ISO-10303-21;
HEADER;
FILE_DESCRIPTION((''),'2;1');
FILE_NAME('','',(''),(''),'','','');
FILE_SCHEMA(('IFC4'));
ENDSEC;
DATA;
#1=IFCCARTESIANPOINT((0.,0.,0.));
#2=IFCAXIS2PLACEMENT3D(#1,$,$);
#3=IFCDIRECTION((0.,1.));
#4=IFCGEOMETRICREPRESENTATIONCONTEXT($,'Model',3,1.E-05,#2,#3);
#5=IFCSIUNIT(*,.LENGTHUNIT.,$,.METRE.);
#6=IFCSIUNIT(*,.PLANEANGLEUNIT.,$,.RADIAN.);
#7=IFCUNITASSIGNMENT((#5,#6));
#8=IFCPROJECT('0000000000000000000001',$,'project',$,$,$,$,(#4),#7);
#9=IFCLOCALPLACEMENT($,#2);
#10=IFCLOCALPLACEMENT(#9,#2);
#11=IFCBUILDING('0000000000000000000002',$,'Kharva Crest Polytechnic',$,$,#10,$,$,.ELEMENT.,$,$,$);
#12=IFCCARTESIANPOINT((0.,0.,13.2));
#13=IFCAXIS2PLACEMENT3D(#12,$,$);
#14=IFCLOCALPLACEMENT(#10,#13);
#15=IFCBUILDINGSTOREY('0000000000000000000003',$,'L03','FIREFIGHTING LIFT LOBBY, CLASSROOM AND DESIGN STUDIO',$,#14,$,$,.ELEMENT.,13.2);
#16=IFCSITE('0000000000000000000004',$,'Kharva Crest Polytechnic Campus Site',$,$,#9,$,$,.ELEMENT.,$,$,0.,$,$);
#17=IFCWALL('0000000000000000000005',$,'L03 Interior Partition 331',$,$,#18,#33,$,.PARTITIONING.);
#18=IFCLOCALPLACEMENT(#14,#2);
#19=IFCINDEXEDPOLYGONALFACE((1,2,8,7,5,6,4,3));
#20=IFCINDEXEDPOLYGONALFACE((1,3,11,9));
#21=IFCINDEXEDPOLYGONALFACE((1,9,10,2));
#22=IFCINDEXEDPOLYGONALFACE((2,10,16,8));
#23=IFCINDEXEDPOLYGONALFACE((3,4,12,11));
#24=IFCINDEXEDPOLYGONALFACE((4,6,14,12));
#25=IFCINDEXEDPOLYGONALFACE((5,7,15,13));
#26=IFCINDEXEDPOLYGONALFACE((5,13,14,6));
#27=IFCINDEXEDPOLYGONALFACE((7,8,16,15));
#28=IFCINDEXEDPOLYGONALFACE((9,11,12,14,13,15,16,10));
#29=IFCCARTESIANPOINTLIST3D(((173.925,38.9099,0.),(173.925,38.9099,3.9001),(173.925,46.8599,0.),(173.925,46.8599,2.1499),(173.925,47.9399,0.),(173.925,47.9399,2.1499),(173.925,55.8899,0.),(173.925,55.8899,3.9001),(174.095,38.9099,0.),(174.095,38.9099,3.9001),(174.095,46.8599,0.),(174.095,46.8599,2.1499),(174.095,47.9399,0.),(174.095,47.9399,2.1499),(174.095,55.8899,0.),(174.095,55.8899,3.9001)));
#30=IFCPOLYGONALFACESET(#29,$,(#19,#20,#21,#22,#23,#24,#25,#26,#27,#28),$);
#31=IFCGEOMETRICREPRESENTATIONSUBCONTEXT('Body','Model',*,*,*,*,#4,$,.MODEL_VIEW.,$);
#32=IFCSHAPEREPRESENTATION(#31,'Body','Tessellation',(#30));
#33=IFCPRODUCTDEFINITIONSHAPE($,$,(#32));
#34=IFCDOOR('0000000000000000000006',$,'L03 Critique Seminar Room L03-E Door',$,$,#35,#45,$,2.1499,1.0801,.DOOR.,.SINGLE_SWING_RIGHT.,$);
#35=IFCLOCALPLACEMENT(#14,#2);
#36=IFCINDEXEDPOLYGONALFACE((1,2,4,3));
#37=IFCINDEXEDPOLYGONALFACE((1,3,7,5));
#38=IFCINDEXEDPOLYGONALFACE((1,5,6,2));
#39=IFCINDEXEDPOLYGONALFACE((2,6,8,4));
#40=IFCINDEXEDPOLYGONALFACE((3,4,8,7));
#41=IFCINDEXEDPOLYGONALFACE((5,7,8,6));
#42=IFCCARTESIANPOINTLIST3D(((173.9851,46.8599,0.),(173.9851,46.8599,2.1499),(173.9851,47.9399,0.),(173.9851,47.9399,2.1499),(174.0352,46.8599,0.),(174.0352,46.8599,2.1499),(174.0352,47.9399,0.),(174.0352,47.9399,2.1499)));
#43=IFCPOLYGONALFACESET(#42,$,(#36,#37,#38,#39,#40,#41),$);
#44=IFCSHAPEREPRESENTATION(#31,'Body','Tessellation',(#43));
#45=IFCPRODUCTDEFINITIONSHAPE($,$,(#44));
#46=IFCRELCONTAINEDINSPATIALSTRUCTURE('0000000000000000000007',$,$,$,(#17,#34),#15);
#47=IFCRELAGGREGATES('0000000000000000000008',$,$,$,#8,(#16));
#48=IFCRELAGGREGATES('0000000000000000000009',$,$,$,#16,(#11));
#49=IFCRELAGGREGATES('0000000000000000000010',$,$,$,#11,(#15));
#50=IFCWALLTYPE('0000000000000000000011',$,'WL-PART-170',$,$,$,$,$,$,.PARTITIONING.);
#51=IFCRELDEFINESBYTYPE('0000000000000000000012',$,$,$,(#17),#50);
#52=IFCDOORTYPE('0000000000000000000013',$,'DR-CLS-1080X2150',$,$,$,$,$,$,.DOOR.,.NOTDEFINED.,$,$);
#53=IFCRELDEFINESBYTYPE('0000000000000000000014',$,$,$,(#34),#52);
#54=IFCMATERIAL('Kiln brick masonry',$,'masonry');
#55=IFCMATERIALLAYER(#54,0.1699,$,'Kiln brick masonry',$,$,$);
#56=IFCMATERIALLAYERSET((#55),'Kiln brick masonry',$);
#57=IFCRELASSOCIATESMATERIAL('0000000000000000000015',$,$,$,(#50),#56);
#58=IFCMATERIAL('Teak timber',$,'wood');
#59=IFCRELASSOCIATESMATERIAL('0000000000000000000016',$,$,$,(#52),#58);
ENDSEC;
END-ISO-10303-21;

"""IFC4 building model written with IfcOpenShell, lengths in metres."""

from ifc_helpers import new_model, si_unit, direction, frame, frame_2d, origin, place, context, subcontext, project, spatial, rectangle, extrude, material, layer, layer_set, type_object, element, fill, save


model = new_model("IFC4")

# Units and contexts
model_context = context("Model", 3, precision=1e-05, world=origin(), true_north=direction((0.0, 1.0)))
body_context = subcontext(model_context, "Body", "Model", "MODEL_VIEW")
ifc_project = project(units=[si_unit("LENGTHUNIT", "METRE"), si_unit("PLANEANGLEUNIT", "RADIAN")], contexts=[model_context])

# Site, building, storey
site_placement = place(None, origin())
site = spatial("IfcSite", under=ifc_project, at=site_placement, Name="Kharva Crest Polytechnic Campus Site", CompositionType="ELEMENT", RefElevation=0.0)
building_placement = place(site_placement, origin())
building = spatial("IfcBuilding", under=site, at=building_placement, Name="Kharva Crest Polytechnic", CompositionType="ELEMENT")
storey_placement = place(building_placement, frame((0.0, 0.0, 13.2)))
storey = spatial("IfcBuildingStorey", under=building, at=storey_placement, Name="L03", Description="FIREFIGHTING LIFT LOBBY, CLASSROOM AND DESIGN STUDIO", CompositionType="ELEMENT", Elevation=13.2)

# Shared definitions
ifc_material_1 = material(Name="Kiln brick masonry", Category="masonry")

# Wall, opening, door
ifc_material_2 = material(Name="Teak timber", Category="wood")
ifc_layer_1 = layer(ifc_material_1, 0.1699, Name="Kiln brick masonry")
ifc_layer_set_1 = layer_set([ifc_layer_1], Name="Kiln brick masonry")
wall_type_1 = type_object("IfcWallType", Name="WL-PART-170", PredefinedType="PARTITIONING", material=ifc_layer_set_1)
wall_1_placement = place(storey_placement, frame((174.01, 38.9099, 0.0), z_axis=(0.0, 0.0, 1.0), x_axis=(0.0, 1.0, 0.0)))
wall_1 = element("IfcWall", 1, at=wall_1_placement, inside=storey, type_object=wall_type_1, Name="L03 Interior Partition 331", PredefinedType="PARTITIONING", context=body_context, shape_type="SweptSolid", body=[
    extrude(rectangle(XDim=16.98, YDim=0.1699, at=frame_2d((8.49, 0.0))), origin(), (0.0, 0.0, 1.0), 3.9001),
])
opening_1_placement = place(wall_1_placement, frame((7.95, 0.0, 0.0)))
opening_1 = element("IfcOpeningElement", 2, at=opening_1_placement, cuts=wall_1, PredefinedType="OPENING", context=body_context, shape_type="SweptSolid", body=[
    extrude(rectangle(XDim=1.0801, YDim=2.1499, at=frame_2d((0.54, 1.075))), frame((0.0, 0.095, 0.0), z_axis=(0.0, -1.0, 0.0), x_axis=(1.0, 0.0, 0.0)), (0.0, 0.0, 1.0), 0.1899),
])
door_type_1 = type_object("IfcDoorType", Name="DR-CLS-1080X2150", OperationType="NOTDEFINED", PredefinedType="DOOR", material=ifc_material_2)
door_1_placement = place(opening_1_placement, origin())
door_1 = element("IfcDoor", 3, at=door_1_placement, inside=storey, type_object=door_type_1, Name="L03 Critique Seminar Room L03-E Door", OperationType="SINGLE_SWING_RIGHT", OverallHeight=2.1499, OverallWidth=1.0801, PredefinedType="DOOR", context=body_context, shape_type="SweptSolid", body=[
    extrude(rectangle(XDim=1.0801, YDim=2.1499, at=frame_2d((0.54, 1.075))), frame((0.0, 0.0249, 0.0), z_axis=(0.0, -1.0, 0.0), x_axis=(1.0, 0.0, 0.0)), (0.0, 0.0, 1.0), 0.05),
])
fill(opening_1, door_1)

save(model, "model.ifc")
